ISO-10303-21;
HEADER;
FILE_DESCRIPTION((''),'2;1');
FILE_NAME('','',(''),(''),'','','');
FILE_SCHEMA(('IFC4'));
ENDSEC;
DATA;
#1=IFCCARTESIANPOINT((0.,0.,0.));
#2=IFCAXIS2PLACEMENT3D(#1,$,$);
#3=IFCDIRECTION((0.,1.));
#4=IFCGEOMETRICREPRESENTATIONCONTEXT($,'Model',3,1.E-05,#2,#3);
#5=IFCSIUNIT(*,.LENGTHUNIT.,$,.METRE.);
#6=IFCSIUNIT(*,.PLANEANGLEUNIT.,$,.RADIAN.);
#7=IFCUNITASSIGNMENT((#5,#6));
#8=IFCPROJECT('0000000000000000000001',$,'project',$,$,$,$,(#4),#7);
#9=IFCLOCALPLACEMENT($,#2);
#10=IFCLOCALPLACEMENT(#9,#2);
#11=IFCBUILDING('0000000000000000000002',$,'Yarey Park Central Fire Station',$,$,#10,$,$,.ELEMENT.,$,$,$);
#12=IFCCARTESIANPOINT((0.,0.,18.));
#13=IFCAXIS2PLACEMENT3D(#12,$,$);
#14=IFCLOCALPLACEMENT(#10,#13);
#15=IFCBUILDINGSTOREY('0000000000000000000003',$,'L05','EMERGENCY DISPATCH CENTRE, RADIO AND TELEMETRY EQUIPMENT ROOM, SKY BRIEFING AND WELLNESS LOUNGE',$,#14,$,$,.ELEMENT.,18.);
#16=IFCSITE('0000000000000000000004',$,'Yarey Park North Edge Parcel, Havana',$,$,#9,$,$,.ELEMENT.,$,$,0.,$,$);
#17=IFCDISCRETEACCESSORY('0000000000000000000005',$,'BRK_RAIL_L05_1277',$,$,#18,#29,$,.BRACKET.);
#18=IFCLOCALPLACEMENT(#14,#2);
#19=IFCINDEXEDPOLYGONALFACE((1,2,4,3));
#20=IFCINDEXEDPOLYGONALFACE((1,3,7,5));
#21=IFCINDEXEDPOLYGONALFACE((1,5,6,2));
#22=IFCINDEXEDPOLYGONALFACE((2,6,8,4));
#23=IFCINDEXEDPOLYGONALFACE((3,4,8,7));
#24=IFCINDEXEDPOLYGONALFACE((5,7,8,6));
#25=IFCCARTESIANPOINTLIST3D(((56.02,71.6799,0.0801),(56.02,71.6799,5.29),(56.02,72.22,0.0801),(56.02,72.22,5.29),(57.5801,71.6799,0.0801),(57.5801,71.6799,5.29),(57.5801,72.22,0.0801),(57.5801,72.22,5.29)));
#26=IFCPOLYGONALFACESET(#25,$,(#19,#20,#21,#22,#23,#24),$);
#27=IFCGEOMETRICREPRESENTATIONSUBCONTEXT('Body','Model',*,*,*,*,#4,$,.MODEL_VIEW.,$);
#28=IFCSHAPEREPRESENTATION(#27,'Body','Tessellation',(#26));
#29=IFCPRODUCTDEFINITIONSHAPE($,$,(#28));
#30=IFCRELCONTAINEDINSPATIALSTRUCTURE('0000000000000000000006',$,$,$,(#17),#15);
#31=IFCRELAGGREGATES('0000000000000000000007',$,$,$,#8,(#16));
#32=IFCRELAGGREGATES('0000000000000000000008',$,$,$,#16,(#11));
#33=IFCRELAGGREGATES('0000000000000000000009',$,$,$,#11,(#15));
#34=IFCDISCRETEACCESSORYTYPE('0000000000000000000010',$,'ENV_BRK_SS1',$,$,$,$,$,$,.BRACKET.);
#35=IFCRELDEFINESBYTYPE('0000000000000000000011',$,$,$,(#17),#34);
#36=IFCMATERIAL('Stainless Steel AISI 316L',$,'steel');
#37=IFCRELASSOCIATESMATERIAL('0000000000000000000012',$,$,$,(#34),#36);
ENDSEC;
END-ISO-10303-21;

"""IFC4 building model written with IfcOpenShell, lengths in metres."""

from ifc_helpers import new_model, si_unit, direction, frame, origin, origin_2d, place, context, subcontext, project, spatial, rectangle, extrude, material, type_object, element, save


model = new_model("IFC4")

# Units and contexts
model_context = context("Model", 3, precision=1e-05, world=origin(), true_north=direction((0.0, 1.0)))
body_context = subcontext(model_context, "Body", "Model", "MODEL_VIEW")
ifc_project = project(units=[si_unit("LENGTHUNIT", "METRE"), si_unit("PLANEANGLEUNIT", "RADIAN")], contexts=[model_context])

# Site, building, storey
site_placement = place(None, origin())
site = spatial("IfcSite", under=ifc_project, at=site_placement, Name="Yarey Park North Edge Parcel, Havana", CompositionType="ELEMENT", RefElevation=0.0)
building_placement = place(site_placement, origin())
building = spatial("IfcBuilding", under=site, at=building_placement, Name="Yarey Park Central Fire Station", CompositionType="ELEMENT")
storey_placement = place(building_placement, frame((0.0, 0.0, 18.0)))
storey = spatial("IfcBuildingStorey", under=building, at=storey_placement, Name="L05", Description="EMERGENCY DISPATCH CENTRE, RADIO AND TELEMETRY EQUIPMENT ROOM, SKY BRIEFING AND WELLNESS LOUNGE", CompositionType="ELEMENT", Elevation=18.0)

# Shared definitions
ifc_material_1 = material(Name="Stainless Steel AISI 316L", Category="steel")

# Discrete accessory
discrete_accessory_type = type_object("IfcDiscreteAccessoryType", Name="ENV_BRK_SS1", PredefinedType="BRACKET", material=ifc_material_1)
for number, where, z_axis, x_axis, name in (
    (1, (56.8, 71.95, 0.0801), (0.0, 0.0, 1.0), (1.0, 0.0, 0.0), "BRK_RAIL_L05_1277"),
):
    element("IfcDiscreteAccessory", number, at=place(storey_placement, frame(where, z_axis=z_axis, x_axis=x_axis)), inside=storey, type_object=discrete_accessory_type, Name=name, PredefinedType="BRACKET", context=body_context, shape_type="SweptSolid", body=[
        extrude(rectangle(XDim=1.5601, YDim=0.54, at=origin_2d()), origin(), (0.0, 0.0, 1.0), 5.21),
    ])

save(model, "model.ifc")
